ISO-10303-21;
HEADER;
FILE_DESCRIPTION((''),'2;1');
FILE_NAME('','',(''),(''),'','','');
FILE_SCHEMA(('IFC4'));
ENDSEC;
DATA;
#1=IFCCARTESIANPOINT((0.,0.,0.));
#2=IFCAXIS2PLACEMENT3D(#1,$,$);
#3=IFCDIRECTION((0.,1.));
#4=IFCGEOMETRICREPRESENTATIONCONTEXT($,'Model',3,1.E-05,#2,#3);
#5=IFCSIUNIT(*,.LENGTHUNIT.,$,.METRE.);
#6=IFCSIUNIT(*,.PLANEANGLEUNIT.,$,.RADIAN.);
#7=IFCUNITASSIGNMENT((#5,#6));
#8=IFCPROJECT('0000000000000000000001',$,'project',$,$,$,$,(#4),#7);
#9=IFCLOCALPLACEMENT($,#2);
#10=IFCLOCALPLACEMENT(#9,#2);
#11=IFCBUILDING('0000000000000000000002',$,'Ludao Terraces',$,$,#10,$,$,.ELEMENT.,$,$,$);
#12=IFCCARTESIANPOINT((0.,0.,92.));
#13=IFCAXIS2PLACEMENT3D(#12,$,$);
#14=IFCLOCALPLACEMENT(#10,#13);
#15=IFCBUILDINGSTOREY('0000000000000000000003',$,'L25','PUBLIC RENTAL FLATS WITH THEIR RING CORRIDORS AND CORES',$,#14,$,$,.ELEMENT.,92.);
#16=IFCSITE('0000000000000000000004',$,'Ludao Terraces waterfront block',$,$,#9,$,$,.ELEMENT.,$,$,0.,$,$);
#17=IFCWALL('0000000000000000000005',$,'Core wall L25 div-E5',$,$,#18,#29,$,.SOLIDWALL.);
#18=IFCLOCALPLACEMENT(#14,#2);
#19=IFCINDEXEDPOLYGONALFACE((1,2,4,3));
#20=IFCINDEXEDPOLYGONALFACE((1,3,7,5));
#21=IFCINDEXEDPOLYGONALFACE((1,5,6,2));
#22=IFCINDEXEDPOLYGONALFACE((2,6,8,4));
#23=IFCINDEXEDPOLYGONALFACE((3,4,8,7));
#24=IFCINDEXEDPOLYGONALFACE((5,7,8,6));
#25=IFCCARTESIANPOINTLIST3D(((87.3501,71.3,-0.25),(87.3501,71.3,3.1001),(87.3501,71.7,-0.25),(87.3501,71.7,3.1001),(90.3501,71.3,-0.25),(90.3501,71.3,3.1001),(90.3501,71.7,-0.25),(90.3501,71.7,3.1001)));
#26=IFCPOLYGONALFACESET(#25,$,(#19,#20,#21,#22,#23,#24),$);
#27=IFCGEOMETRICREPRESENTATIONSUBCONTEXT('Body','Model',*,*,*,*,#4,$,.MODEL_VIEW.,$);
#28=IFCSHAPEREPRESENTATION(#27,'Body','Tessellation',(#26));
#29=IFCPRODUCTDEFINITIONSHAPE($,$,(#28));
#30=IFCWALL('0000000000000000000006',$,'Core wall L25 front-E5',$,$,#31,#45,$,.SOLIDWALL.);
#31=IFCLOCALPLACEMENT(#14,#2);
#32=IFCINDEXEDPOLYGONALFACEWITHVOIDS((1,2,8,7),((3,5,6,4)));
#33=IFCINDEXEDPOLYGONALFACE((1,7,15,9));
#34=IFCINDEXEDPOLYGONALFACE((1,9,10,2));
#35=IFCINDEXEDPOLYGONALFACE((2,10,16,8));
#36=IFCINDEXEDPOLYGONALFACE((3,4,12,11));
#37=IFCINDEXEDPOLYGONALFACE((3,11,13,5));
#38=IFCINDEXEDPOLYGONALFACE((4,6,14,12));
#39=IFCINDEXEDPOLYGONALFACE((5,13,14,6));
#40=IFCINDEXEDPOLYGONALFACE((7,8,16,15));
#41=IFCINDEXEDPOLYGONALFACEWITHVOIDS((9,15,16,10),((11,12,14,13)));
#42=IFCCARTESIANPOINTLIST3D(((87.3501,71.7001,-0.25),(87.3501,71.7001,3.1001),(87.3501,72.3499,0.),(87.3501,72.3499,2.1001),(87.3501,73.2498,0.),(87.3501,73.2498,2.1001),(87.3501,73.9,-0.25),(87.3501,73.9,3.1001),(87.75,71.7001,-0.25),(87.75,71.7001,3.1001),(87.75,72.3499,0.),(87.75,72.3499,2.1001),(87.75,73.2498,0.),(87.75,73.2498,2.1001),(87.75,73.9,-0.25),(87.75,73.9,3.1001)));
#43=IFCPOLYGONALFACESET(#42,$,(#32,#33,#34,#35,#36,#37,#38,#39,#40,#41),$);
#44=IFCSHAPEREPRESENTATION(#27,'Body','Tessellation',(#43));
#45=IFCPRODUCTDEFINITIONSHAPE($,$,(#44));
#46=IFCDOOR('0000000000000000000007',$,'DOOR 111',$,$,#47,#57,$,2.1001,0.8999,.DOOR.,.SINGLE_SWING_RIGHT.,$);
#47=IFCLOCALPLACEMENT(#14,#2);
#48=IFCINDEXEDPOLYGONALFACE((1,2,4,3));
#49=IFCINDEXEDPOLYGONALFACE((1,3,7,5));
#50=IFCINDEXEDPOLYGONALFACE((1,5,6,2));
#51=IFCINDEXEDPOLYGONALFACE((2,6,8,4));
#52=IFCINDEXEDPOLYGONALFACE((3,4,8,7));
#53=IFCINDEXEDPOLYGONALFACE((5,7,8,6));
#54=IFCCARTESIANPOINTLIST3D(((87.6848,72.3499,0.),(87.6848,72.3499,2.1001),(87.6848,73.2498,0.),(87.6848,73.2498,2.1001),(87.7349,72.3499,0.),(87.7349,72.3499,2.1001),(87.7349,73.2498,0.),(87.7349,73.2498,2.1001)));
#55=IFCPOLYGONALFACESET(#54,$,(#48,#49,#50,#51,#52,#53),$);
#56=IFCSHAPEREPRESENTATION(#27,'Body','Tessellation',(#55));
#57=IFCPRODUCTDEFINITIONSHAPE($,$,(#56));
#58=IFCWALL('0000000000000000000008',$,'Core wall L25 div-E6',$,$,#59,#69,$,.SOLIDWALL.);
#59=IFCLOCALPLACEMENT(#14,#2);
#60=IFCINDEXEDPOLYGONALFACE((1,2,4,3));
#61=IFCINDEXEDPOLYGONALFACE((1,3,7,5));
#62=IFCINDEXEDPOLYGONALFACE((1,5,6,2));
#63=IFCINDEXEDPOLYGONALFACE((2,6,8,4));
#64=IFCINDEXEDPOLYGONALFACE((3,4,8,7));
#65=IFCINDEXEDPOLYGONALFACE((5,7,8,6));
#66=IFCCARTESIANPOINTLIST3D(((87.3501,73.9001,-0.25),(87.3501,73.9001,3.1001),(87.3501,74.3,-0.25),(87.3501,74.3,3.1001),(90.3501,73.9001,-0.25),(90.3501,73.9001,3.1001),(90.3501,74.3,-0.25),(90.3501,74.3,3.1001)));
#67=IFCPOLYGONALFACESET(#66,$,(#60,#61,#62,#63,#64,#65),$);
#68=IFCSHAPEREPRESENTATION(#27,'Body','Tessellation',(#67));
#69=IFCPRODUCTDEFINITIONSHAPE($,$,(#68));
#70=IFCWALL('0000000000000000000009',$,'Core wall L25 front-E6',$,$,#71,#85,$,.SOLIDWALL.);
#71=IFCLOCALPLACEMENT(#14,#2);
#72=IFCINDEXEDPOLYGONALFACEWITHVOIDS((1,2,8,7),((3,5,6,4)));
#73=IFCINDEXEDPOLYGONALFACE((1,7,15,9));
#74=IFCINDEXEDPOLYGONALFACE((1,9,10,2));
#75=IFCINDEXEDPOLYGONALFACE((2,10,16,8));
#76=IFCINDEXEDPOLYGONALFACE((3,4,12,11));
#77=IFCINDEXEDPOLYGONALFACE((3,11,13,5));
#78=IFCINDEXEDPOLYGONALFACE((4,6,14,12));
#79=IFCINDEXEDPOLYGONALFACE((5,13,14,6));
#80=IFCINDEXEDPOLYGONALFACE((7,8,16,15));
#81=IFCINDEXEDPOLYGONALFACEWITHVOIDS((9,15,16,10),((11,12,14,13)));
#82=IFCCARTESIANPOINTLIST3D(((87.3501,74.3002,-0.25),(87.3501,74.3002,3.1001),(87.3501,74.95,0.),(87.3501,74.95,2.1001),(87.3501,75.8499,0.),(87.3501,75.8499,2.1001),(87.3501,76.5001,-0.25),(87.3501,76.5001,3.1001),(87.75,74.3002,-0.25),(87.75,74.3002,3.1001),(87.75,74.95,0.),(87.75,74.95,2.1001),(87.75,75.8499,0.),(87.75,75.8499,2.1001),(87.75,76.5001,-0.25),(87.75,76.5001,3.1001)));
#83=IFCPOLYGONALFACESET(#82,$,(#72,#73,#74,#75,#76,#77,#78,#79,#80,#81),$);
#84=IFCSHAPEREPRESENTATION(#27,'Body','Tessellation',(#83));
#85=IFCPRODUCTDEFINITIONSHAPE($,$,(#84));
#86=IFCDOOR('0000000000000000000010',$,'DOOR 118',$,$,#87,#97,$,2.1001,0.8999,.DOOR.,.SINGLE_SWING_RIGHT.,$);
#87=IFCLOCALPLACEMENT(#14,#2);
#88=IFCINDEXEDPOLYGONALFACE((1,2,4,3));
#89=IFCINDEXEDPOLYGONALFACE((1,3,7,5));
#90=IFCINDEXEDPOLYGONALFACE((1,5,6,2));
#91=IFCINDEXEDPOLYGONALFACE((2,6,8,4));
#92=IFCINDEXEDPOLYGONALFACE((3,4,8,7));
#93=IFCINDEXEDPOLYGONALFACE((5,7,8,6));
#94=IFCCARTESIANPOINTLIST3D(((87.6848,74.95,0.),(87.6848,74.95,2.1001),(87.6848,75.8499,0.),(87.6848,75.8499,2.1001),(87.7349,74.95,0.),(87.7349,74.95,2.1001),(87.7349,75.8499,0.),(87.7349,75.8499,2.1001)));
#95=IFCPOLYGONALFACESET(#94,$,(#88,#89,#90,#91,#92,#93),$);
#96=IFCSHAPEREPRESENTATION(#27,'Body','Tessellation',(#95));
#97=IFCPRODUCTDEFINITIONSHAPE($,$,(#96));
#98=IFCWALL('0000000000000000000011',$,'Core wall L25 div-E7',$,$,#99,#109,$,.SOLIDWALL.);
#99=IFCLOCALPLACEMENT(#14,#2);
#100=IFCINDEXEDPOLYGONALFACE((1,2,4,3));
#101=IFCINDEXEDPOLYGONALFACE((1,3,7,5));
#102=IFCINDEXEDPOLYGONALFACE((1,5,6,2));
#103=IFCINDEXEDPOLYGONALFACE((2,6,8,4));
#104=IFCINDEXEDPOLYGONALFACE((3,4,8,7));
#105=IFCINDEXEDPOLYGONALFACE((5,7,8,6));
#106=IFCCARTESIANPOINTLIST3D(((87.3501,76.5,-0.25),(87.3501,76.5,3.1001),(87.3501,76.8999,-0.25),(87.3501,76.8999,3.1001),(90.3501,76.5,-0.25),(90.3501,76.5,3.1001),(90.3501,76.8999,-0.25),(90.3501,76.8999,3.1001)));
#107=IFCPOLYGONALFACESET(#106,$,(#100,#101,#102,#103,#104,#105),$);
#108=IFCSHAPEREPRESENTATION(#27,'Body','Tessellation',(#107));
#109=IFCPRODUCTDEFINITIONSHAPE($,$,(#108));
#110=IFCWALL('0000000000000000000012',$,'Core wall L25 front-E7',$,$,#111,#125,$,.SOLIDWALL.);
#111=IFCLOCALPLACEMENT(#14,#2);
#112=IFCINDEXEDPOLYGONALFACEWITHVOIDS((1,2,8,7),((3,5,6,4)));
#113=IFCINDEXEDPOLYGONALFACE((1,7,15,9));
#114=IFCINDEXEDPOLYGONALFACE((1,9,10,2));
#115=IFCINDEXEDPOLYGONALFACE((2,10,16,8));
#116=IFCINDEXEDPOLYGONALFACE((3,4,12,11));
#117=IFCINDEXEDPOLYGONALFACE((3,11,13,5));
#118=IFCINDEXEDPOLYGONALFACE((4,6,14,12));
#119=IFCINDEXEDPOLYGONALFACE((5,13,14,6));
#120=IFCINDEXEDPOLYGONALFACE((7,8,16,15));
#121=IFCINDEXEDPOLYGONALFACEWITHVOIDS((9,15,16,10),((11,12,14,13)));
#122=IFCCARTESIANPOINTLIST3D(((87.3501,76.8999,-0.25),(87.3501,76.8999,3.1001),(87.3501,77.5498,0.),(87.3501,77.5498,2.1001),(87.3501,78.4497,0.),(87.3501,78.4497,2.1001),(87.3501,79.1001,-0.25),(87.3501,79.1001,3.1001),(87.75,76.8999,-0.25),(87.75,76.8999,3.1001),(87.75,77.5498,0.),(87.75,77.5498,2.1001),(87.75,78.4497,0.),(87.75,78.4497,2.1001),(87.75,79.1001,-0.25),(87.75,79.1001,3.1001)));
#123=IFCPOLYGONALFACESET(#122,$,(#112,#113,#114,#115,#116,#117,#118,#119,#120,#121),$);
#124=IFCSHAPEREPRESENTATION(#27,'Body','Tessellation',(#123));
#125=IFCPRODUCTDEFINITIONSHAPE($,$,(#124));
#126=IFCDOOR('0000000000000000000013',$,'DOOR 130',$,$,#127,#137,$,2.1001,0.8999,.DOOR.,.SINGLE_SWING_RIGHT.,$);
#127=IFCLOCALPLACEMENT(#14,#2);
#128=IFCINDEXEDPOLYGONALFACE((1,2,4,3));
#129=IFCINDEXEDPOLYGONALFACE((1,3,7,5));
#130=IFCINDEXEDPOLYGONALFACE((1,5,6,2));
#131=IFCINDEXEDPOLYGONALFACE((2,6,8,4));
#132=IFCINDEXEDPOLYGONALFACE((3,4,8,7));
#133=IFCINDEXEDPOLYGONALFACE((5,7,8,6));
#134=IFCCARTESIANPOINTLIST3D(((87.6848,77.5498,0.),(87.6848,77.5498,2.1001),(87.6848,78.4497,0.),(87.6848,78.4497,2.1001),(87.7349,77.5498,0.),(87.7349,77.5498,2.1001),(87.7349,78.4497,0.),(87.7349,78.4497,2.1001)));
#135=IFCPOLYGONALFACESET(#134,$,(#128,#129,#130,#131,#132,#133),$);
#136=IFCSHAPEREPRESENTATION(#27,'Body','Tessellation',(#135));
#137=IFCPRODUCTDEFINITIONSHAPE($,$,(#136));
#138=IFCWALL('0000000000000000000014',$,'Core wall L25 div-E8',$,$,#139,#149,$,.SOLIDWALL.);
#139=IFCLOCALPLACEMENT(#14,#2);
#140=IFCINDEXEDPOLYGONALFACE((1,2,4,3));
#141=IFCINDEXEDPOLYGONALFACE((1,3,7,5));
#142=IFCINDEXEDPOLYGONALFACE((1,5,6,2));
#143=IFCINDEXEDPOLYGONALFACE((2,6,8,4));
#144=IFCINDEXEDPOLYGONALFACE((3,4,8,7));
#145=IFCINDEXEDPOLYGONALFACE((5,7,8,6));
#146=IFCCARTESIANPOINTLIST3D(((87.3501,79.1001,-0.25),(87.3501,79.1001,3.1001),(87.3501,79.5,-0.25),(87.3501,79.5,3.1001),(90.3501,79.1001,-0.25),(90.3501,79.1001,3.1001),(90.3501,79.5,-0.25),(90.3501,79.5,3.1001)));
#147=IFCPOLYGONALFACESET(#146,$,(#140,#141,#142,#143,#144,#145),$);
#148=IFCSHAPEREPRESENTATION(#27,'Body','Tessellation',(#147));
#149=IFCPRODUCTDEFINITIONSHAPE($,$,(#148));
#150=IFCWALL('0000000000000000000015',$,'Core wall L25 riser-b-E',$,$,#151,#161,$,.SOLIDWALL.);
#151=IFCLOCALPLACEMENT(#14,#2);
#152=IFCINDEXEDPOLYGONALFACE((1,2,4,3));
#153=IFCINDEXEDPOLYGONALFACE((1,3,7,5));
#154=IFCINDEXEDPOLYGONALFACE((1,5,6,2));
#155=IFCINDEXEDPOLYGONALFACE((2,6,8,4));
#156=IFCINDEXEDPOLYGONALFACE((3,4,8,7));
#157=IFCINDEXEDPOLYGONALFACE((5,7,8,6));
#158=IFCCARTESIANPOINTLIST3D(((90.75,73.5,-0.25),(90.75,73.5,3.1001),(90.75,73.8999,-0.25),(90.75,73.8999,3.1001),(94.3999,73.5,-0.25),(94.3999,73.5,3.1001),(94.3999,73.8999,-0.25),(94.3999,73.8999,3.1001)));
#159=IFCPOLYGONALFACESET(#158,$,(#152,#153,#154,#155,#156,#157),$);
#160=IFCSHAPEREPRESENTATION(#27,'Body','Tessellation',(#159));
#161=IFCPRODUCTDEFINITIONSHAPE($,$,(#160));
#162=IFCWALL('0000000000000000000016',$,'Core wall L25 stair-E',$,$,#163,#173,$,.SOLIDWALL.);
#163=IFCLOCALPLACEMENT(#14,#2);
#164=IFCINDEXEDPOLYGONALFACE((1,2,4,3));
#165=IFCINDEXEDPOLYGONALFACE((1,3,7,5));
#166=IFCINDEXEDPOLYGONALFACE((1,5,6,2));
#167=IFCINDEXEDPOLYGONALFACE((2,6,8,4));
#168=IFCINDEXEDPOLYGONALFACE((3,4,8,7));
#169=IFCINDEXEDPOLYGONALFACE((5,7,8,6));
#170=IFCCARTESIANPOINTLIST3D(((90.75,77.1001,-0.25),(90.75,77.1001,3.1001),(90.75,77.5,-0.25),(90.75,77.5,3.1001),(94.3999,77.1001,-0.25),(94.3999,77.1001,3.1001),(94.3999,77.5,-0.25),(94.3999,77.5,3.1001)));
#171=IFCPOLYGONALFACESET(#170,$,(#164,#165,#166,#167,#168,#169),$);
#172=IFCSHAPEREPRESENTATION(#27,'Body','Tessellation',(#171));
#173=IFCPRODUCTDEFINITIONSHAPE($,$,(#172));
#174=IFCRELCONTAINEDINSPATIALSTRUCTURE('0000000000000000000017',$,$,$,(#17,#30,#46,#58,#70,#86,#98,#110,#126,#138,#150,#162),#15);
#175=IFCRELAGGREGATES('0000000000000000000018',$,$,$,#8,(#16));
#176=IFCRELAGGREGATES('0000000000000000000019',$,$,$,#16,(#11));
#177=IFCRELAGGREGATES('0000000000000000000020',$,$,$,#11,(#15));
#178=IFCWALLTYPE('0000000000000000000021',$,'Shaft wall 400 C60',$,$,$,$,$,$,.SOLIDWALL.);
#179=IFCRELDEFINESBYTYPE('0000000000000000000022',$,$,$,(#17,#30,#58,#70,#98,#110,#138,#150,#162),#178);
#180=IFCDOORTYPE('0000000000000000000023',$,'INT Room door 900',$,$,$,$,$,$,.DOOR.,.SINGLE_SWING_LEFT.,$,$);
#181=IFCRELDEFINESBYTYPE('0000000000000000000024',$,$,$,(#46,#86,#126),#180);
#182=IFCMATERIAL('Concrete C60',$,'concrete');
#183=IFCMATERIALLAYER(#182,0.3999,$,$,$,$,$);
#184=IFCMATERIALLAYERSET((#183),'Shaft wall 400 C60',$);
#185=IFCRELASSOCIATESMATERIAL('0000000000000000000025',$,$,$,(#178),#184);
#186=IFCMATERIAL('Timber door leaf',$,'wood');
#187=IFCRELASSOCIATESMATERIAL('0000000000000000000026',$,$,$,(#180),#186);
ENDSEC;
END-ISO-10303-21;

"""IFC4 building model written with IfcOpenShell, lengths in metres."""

from ifc_helpers import new_model, si_unit, direction, frame, frame_2d, origin, place, context, subcontext, project, spatial, rectangle, extrude, material, layer, layer_set, type_object, element, fill, save


model = new_model("IFC4")

# Units and contexts
model_context = context("Model", 3, precision=1e-05, world=origin(), true_north=direction((0.0, 1.0)))
body_context = subcontext(model_context, "Body", "Model", "MODEL_VIEW")
ifc_project = project(units=[si_unit("LENGTHUNIT", "METRE"), si_unit("PLANEANGLEUNIT", "RADIAN")], contexts=[model_context])

# Site, building, storey
site_placement = place(None, origin())
site = spatial("IfcSite", under=ifc_project, at=site_placement, Name="Ludao Terraces waterfront block", CompositionType="ELEMENT", RefElevation=0.0)
building_placement = place(site_placement, origin())
building = spatial("IfcBuilding", under=site, at=building_placement, Name="Ludao Terraces", CompositionType="ELEMENT")
storey_placement = place(building_placement, frame((0.0, 0.0, 92.0)))
storey = spatial("IfcBuildingStorey", under=building, at=storey_placement, Name="L25", Description="PUBLIC RENTAL FLATS WITH THEIR RING CORRIDORS AND CORES", CompositionType="ELEMENT", Elevation=92.0)

# Wall
ifc_material_1 = material(Name="Concrete C60", Category="concrete")
ifc_layer_1 = layer(ifc_material_1, 0.3999)
ifc_layer_set_1 = layer_set([ifc_layer_1], Name="Shaft wall 400 C60")
wall_type_1 = type_object("IfcWallType", Name="Shaft wall 400 C60", PredefinedType="SOLIDWALL", material=ifc_layer_set_1)
wall_1_placement = place(storey_placement, frame((87.3501, 71.5, -0.25), z_axis=(0.0, 0.0, 1.0), x_axis=(1.0, 0.0, 0.0)))
element("IfcWall", 1, at=wall_1_placement, inside=storey, type_object=wall_type_1, Name="Core wall L25 div-E5", PredefinedType="SOLIDWALL", context=body_context, shape_type="SweptSolid", body=[
    extrude(rectangle(XDim=3.0, YDim=0.3999, at=frame_2d((1.5, 0.0))), origin(), (0.0, 0.0, 1.0), 3.3501),
])

# Wall, opening, door
wall_2_placement = place(storey_placement, frame((87.55, 71.7, -0.25), z_axis=(0.0, 0.0, 1.0), x_axis=(0.0, 1.0, 0.0)))
wall_2 = element("IfcWall", 2, at=wall_2_placement, inside=storey, type_object=wall_type_1, Name="Core wall L25 front-E5", PredefinedType="SOLIDWALL", context=body_context, shape_type="SweptSolid", body=[
    extrude(rectangle(XDim=2.2, YDim=0.3999, at=frame_2d((1.1001, 0.0))), origin(), (0.0, 0.0, 1.0), 3.3501),
])
opening_1_placement = place(wall_2_placement, frame((0.6499, 0.0, 0.25)))
opening_1 = element("IfcOpeningElement", 3, at=opening_1_placement, cuts=wall_2, PredefinedType="OPENING", context=body_context, shape_type="SweptSolid", body=[
    extrude(rectangle(XDim=0.8999, YDim=2.1001, at=frame_2d((0.45, 1.05))), frame((0.0, 0.21, 0.0), z_axis=(0.0, -1.0, 0.0), x_axis=(1.0, 0.0, 0.0)), (0.0, 0.0, 1.0), 0.4199),
])
ifc_material_2 = material(Name="Timber door leaf", Category="wood")
door_type_1 = type_object("IfcDoorType", Name="INT Room door 900", OperationType="SINGLE_SWING_LEFT", PredefinedType="DOOR", material=ifc_material_2)
door_1_placement = place(opening_1_placement, origin())
door_1 = element("IfcDoor", 4, at=door_1_placement, inside=storey, type_object=door_type_1, Name="DOOR 111", OperationType="SINGLE_SWING_RIGHT", OverallHeight=2.1001, OverallWidth=0.8999, PredefinedType="DOOR", context=body_context, shape_type="SweptSolid", body=[
    extrude(rectangle(XDim=0.8999, YDim=2.1001, at=frame_2d((0.45, 1.05))), frame((0.0, -0.1348, 0.0), z_axis=(0.0, -1.0, 0.0), x_axis=(1.0, 0.0, 0.0)), (0.0, 0.0, 1.0), 0.05),
])
fill(opening_1, door_1)

# Wall
wall_3_placement = place(storey_placement, frame((87.3501, 74.1001, -0.25), z_axis=(0.0, 0.0, 1.0), x_axis=(1.0, 0.0, 0.0)))
element("IfcWall", 5, at=wall_3_placement, inside=storey, type_object=wall_type_1, Name="Core wall L25 div-E6", PredefinedType="SOLIDWALL", context=body_context, shape_type="SweptSolid", body=[
    extrude(rectangle(XDim=3.0, YDim=0.3999, at=frame_2d((1.5, 0.0))), origin(), (0.0, 0.0, 1.0), 3.3501),
])

# Wall, opening, door
wall_4_placement = place(storey_placement, frame((87.55, 74.3, -0.25), z_axis=(0.0, 0.0, 1.0), x_axis=(0.0, 1.0, 0.0)))
wall_4 = element("IfcWall", 6, at=wall_4_placement, inside=storey, type_object=wall_type_1, Name="Core wall L25 front-E6", PredefinedType="SOLIDWALL", context=body_context, shape_type="SweptSolid", body=[
    extrude(rectangle(XDim=2.2, YDim=0.3999, at=frame_2d((1.1001, 0.0))), origin(), (0.0, 0.0, 1.0), 3.3501),
])
opening_2_placement = place(wall_4_placement, frame((0.6499, 0.0, 0.25)))
opening_2 = element("IfcOpeningElement", 7, at=opening_2_placement, cuts=wall_4, PredefinedType="OPENING", context=body_context, shape_type="SweptSolid", body=[
    extrude(rectangle(XDim=0.8999, YDim=2.1001, at=frame_2d((0.45, 1.05))), frame((0.0, 0.21, 0.0), z_axis=(0.0, -1.0, 0.0), x_axis=(1.0, 0.0, 0.0)), (0.0, 0.0, 1.0), 0.4199),
])
door_2_placement = place(opening_2_placement, origin())
door_2 = element("IfcDoor", 8, at=door_2_placement, inside=storey, type_object=door_type_1, Name="DOOR 118", OperationType="SINGLE_SWING_RIGHT", OverallHeight=2.1001, OverallWidth=0.8999, PredefinedType="DOOR", context=body_context, shape_type="SweptSolid", body=[
    extrude(rectangle(XDim=0.8999, YDim=2.1001, at=frame_2d((0.45, 1.05))), frame((0.0, -0.1348, 0.0), z_axis=(0.0, -1.0, 0.0), x_axis=(1.0, 0.0, 0.0)), (0.0, 0.0, 1.0), 0.05),
])
fill(opening_2, door_2)

# Wall
wall_5_placement = place(storey_placement, frame((87.3501, 76.7, -0.25), z_axis=(0.0, 0.0, 1.0), x_axis=(1.0, 0.0, 0.0)))
element("IfcWall", 9, at=wall_5_placement, inside=storey, type_object=wall_type_1, Name="Core wall L25 div-E7", PredefinedType="SOLIDWALL", context=body_context, shape_type="SweptSolid", body=[
    extrude(rectangle(XDim=3.0, YDim=0.3999, at=frame_2d((1.5, 0.0))), origin(), (0.0, 0.0, 1.0), 3.3501),
])

# Wall, opening, door
wall_6_placement = place(storey_placement, frame((87.55, 76.8999, -0.25), z_axis=(0.0, 0.0, 1.0), x_axis=(0.0, 1.0, 0.0)))
wall_6 = element("IfcWall", 10, at=wall_6_placement, inside=storey, type_object=wall_type_1, Name="Core wall L25 front-E7", PredefinedType="SOLIDWALL", context=body_context, shape_type="SweptSolid", body=[
    extrude(rectangle(XDim=2.2002, YDim=0.3999, at=frame_2d((1.1001, 0.0))), origin(), (0.0, 0.0, 1.0), 3.3501),
])
opening_3_placement = place(wall_6_placement, frame((0.6499, 0.0, 0.25)))
opening_3 = element("IfcOpeningElement", 11, at=opening_3_placement, cuts=wall_6, PredefinedType="OPENING", context=body_context, shape_type="SweptSolid", body=[
    extrude(rectangle(XDim=0.8999, YDim=2.1001, at=frame_2d((0.45, 1.05))), frame((0.0, 0.21, 0.0), z_axis=(0.0, -1.0, 0.0), x_axis=(1.0, 0.0, 0.0)), (0.0, 0.0, 1.0), 0.4199),
])
door_3_placement = place(opening_3_placement, origin())
door_3 = element("IfcDoor", 12, at=door_3_placement, inside=storey, type_object=door_type_1, Name="DOOR 130", OperationType="SINGLE_SWING_RIGHT", OverallHeight=2.1001, OverallWidth=0.8999, PredefinedType="DOOR", context=body_context, shape_type="SweptSolid", body=[
    extrude(rectangle(XDim=0.8999, YDim=2.1001, at=frame_2d((0.45, 1.05))), frame((0.0, -0.1348, 0.0), z_axis=(0.0, -1.0, 0.0), x_axis=(1.0, 0.0, 0.0)), (0.0, 0.0, 1.0), 0.05),
])
fill(opening_3, door_3)

# Walls
wall_7_placement = place(storey_placement, frame((87.3501, 79.3, -0.25), z_axis=(0.0, 0.0, 1.0), x_axis=(1.0, 0.0, 0.0)))
element("IfcWall", 13, at=wall_7_placement, inside=storey, type_object=wall_type_1, Name="Core wall L25 div-E8", PredefinedType="SOLIDWALL", context=body_context, shape_type="SweptSolid", body=[
    extrude(rectangle(XDim=3.0, YDim=0.3999, at=frame_2d((1.5, 0.0))), origin(), (0.0, 0.0, 1.0), 3.3501),
])
for number, where, z_axis, x_axis, name in (
    (14, (90.75, 73.7, -0.25), (0.0, 0.0, 1.0), (1.0, 0.0, 0.0), "Core wall L25 riser-b-E"),
    (15, (90.75, 77.3, -0.25), (0.0, 0.0, 1.0), (1.0, 0.0, 0.0), "Core wall L25 stair-E"),
):
    element("IfcWall", number, at=place(storey_placement, frame(where, z_axis=z_axis, x_axis=x_axis)), inside=storey, type_object=wall_type_1, Name=name, PredefinedType="SOLIDWALL", context=body_context, shape_type="SweptSolid", body=[
        extrude(rectangle(XDim=3.6499, YDim=0.3999, at=frame_2d((1.825, 0.0))), origin(), (0.0, 0.0, 1.0), 3.3501),
    ])

save(model, "model.ifc")
